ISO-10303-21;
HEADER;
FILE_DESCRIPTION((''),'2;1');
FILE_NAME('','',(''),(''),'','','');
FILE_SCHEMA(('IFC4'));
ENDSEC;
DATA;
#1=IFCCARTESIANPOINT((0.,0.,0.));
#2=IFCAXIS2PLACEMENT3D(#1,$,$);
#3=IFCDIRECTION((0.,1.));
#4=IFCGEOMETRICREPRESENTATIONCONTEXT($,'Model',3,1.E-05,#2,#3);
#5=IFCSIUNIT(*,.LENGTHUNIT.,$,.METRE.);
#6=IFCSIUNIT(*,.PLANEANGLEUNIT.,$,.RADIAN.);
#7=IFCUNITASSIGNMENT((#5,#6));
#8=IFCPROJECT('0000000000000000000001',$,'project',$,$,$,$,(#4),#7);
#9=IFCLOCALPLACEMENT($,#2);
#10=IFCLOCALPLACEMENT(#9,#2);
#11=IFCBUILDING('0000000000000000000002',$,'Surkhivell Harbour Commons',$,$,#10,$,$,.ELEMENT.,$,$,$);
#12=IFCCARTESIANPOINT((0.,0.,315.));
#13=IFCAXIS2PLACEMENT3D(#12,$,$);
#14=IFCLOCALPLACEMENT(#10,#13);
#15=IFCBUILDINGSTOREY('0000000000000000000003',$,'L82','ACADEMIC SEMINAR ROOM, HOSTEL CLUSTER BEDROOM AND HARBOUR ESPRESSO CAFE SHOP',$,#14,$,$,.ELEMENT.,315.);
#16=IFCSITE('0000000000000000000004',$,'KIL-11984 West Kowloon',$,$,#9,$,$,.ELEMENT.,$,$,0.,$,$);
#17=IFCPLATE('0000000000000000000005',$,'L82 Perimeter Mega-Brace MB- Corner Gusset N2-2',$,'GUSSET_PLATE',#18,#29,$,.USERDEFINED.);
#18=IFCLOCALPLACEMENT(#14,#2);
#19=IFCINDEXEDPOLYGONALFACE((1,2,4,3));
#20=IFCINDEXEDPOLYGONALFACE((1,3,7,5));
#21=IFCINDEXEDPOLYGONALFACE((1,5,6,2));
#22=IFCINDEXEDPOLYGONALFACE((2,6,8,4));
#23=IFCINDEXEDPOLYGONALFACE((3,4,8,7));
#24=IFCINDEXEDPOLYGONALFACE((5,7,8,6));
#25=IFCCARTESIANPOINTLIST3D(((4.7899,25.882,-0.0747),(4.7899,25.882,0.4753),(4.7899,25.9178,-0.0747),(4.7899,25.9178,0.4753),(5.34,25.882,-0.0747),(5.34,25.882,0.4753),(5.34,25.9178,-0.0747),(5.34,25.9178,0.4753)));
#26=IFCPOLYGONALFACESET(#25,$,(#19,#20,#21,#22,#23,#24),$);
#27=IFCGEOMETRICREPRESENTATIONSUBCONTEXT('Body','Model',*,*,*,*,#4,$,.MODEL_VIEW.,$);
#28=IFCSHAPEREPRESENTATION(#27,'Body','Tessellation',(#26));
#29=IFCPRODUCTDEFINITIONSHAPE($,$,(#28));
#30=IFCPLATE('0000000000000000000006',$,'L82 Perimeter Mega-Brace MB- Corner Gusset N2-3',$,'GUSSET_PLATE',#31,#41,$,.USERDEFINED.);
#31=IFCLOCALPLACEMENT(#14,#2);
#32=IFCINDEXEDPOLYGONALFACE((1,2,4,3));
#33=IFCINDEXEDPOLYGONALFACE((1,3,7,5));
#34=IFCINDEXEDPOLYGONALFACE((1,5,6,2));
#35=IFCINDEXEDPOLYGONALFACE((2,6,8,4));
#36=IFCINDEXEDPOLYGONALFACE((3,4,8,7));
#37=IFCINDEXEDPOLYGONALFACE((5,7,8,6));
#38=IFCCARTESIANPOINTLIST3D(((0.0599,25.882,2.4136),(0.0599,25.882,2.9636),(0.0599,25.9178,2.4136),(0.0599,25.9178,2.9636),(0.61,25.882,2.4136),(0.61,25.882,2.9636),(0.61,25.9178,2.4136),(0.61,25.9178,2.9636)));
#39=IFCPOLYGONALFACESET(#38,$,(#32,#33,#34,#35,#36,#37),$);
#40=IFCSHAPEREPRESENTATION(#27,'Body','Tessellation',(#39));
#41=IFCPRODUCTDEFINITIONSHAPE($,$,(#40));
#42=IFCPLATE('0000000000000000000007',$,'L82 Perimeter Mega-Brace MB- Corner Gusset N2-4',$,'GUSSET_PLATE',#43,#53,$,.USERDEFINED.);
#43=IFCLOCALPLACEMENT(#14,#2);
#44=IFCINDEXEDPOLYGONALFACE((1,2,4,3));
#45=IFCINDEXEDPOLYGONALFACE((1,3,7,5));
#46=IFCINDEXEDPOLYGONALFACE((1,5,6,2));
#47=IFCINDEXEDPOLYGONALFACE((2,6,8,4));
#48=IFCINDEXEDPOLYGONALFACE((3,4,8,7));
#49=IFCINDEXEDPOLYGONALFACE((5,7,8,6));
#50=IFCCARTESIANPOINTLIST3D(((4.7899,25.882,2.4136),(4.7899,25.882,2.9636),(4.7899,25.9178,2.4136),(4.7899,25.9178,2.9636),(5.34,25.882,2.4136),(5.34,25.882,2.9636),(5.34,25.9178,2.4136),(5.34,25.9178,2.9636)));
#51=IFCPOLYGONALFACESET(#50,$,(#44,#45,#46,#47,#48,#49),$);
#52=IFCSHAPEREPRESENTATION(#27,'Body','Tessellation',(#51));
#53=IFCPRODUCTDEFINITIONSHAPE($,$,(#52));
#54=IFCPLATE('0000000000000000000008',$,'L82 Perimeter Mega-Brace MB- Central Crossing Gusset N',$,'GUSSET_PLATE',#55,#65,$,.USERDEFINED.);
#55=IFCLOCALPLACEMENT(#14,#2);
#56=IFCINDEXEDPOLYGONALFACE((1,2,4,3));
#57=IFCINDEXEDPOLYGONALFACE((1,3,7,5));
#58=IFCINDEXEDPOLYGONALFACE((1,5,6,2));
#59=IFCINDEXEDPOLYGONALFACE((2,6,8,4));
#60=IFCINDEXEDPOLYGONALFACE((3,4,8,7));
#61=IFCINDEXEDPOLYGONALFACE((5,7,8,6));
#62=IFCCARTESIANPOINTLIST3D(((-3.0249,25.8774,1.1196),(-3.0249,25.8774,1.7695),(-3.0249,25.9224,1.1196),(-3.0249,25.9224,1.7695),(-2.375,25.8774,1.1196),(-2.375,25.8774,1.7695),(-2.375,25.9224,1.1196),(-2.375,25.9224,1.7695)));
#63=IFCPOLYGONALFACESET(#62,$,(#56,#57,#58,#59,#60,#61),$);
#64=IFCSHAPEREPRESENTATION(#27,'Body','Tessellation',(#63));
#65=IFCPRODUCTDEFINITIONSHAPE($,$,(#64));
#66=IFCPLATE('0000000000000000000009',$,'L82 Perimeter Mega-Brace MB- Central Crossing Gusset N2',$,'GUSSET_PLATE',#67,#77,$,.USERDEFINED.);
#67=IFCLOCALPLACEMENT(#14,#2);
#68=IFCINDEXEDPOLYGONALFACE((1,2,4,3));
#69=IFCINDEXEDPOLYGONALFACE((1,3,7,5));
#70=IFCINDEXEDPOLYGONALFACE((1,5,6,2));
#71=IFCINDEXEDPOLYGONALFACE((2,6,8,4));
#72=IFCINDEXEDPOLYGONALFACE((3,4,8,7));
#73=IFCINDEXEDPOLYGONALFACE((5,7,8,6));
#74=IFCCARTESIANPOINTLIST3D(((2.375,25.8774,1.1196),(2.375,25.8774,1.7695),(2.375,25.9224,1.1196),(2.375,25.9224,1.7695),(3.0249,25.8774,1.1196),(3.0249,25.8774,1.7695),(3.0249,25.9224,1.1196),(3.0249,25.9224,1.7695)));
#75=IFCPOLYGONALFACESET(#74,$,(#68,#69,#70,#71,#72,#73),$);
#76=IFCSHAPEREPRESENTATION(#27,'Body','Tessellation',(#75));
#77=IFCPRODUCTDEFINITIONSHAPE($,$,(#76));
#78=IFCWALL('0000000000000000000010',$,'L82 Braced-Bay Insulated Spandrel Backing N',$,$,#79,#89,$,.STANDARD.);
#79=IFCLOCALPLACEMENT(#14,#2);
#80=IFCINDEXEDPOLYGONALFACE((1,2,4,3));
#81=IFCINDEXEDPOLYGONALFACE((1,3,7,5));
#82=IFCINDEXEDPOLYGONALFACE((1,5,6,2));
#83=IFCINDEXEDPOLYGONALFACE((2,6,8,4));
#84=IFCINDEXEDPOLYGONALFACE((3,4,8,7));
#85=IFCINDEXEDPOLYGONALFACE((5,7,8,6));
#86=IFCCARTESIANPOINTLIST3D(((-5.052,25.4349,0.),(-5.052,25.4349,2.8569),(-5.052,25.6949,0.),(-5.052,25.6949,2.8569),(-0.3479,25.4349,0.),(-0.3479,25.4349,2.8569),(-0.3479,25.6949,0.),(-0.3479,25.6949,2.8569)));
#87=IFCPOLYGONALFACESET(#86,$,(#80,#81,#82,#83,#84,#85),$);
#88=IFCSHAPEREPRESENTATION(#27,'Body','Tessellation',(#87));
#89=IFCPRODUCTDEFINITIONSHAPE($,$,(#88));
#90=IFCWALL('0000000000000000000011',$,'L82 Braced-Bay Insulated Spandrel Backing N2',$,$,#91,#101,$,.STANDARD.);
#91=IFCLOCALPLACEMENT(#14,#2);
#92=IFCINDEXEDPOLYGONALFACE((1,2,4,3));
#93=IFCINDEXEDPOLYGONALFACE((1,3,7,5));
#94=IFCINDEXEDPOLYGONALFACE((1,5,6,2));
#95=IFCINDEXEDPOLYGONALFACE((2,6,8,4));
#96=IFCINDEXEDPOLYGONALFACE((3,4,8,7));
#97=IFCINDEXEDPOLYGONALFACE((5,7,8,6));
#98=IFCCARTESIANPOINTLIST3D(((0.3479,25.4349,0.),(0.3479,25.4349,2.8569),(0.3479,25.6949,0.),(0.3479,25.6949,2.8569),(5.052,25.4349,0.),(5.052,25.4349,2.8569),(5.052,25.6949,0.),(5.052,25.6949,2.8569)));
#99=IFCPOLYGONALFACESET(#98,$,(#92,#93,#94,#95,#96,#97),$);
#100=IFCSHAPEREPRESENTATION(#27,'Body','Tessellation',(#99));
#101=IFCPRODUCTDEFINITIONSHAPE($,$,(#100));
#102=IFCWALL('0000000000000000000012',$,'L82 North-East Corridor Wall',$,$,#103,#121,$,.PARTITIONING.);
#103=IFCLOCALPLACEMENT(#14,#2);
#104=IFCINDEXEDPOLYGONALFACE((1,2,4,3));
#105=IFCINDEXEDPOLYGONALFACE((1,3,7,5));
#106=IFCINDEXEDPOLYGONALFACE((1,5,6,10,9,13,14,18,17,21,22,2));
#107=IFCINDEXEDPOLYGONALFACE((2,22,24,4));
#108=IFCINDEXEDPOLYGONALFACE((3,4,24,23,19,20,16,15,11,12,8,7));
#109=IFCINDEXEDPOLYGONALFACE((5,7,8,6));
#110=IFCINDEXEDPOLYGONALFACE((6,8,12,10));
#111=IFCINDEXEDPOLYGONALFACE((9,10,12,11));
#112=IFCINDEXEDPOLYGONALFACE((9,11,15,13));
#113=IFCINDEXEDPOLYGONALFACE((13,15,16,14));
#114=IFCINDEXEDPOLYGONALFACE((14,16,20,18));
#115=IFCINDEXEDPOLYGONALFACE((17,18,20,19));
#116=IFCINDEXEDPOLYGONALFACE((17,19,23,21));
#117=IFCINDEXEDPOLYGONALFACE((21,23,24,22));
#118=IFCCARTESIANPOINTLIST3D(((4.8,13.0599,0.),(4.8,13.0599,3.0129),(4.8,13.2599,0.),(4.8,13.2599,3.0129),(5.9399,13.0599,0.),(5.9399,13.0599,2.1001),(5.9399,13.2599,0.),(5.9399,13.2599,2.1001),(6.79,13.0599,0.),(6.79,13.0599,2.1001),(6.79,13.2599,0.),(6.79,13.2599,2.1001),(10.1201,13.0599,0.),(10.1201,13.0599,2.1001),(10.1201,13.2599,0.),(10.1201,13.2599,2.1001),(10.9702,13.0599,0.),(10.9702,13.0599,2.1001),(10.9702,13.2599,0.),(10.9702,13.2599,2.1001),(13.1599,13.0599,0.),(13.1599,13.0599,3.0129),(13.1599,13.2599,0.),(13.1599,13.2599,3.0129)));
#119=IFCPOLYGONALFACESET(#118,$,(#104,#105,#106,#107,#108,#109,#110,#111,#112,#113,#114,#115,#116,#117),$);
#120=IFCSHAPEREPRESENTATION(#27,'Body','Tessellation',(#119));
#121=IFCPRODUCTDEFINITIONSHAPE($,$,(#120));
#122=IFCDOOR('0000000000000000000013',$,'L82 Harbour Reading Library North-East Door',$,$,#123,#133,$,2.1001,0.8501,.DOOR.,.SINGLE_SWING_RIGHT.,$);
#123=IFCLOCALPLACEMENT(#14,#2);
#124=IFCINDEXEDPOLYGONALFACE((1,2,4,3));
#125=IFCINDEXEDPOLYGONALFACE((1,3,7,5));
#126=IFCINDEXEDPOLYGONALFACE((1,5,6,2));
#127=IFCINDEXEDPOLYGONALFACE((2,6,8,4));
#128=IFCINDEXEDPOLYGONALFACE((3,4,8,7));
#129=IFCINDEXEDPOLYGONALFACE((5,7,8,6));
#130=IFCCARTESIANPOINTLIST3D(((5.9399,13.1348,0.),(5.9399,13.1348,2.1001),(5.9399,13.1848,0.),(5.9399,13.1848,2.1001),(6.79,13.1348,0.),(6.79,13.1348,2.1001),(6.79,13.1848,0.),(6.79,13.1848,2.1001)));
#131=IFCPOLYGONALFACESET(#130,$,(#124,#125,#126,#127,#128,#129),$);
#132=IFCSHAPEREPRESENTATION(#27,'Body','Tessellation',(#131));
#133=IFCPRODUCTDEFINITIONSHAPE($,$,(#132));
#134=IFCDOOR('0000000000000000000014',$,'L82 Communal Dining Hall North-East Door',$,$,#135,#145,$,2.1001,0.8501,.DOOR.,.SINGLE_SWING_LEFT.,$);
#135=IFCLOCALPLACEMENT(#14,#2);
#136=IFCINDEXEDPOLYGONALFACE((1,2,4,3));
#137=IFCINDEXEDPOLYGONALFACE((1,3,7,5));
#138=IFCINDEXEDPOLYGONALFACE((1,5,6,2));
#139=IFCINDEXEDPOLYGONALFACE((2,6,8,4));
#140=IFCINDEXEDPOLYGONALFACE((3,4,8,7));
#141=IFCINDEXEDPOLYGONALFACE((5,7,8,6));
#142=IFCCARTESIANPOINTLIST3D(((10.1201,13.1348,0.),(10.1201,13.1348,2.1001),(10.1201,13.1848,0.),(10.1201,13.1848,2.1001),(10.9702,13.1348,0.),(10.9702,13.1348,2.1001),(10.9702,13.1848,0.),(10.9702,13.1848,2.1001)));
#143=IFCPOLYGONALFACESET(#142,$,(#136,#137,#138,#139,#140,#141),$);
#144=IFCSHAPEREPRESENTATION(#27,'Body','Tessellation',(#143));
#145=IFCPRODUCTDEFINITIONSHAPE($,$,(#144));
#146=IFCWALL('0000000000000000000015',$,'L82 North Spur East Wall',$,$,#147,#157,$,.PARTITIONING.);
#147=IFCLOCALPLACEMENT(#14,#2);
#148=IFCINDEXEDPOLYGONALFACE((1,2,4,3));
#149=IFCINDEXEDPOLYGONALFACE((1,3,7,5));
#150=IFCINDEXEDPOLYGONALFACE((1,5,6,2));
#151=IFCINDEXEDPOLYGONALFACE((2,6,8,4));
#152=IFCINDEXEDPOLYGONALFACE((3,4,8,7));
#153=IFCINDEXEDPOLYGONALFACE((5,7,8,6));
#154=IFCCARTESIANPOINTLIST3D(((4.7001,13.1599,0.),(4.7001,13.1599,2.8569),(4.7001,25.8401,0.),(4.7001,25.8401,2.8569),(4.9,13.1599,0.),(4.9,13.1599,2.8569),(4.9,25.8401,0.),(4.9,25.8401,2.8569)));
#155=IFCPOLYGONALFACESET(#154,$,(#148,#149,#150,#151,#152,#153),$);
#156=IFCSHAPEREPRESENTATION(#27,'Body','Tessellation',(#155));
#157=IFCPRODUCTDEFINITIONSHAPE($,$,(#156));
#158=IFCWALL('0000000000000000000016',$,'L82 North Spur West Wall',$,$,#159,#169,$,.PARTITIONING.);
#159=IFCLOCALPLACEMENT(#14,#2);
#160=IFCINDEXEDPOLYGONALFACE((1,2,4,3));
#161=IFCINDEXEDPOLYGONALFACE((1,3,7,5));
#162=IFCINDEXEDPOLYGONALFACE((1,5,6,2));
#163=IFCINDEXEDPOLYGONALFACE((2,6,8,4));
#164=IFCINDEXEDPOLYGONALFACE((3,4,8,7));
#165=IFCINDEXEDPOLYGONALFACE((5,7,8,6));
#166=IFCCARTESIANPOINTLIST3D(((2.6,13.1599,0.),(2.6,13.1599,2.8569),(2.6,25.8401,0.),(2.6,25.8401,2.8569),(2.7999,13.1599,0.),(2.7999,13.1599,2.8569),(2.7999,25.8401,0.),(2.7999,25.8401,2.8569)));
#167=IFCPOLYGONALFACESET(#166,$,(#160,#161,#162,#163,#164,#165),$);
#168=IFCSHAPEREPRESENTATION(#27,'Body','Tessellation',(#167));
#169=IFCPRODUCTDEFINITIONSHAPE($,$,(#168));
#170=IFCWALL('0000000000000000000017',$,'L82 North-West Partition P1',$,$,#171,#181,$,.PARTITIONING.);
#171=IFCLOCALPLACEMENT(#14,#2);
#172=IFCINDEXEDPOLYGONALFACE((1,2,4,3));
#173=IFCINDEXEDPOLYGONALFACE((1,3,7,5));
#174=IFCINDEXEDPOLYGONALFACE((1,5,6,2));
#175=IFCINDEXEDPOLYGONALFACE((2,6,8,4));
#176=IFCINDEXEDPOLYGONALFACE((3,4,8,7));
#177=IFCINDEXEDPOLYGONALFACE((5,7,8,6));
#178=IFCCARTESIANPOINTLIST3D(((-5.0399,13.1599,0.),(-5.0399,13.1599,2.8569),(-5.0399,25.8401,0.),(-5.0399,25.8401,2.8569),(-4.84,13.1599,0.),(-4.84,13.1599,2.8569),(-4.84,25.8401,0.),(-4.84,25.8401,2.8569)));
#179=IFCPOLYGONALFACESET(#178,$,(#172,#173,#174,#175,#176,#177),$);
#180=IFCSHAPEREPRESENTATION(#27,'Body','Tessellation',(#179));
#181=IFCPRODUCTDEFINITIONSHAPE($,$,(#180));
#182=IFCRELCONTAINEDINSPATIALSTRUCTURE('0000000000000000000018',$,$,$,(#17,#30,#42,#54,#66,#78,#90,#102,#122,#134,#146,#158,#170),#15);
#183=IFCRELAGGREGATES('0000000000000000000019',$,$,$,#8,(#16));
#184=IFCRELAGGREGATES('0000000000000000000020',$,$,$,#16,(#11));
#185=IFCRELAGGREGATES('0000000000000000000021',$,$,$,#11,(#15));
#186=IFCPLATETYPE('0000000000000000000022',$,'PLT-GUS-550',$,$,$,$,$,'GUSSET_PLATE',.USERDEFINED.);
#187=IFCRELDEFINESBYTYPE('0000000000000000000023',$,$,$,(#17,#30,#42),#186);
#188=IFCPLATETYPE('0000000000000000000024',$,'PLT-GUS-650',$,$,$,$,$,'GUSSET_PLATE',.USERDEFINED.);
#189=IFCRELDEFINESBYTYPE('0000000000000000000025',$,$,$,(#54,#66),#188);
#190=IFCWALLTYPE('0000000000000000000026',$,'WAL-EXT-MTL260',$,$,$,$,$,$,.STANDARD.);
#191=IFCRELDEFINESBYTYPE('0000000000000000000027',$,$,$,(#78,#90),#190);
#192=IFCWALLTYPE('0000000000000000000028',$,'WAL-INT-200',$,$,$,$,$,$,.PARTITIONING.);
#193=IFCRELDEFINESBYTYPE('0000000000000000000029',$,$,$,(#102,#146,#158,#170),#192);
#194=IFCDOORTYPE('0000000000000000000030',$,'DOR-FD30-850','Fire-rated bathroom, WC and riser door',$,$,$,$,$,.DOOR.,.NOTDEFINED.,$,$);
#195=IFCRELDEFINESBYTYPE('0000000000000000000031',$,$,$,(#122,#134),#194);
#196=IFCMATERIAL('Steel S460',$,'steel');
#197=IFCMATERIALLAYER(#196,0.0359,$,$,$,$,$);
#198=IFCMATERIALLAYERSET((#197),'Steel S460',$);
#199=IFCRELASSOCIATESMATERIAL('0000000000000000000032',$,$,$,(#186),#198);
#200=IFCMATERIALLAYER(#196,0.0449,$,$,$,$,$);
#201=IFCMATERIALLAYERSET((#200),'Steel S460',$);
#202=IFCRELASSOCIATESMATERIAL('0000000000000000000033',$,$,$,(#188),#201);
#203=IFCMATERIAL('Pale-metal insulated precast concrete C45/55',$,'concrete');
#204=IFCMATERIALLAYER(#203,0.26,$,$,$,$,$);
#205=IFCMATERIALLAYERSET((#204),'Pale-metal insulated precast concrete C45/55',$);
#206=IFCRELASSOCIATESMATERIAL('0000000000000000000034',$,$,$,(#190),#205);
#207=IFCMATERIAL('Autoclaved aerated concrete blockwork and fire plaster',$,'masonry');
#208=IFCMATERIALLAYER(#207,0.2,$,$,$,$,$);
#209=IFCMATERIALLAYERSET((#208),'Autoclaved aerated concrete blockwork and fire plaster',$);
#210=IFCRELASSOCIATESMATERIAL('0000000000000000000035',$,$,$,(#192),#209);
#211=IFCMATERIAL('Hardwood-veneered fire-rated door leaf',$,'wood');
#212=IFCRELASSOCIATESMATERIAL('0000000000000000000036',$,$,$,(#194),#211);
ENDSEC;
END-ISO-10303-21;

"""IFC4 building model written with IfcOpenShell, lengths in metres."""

from ifc_helpers import new_model, si_unit, direction, frame, frame_2d, origin, origin_2d, place, context, subcontext, project, spatial, rectangle, extrude, material, layer, layer_set, type_object, element, fill, save


model = new_model("IFC4")

# Units and contexts
model_context = context("Model", 3, precision=1e-05, world=origin(), true_north=direction((0.0, 1.0)))
body_context = subcontext(model_context, "Body", "Model", "MODEL_VIEW")
ifc_project = project(units=[si_unit("LENGTHUNIT", "METRE"), si_unit("PLANEANGLEUNIT", "RADIAN")], contexts=[model_context])

# Site, building, storey
site_placement = place(None, origin())
site = spatial("IfcSite", under=ifc_project, at=site_placement, Name="KIL-11984 West Kowloon", CompositionType="ELEMENT", RefElevation=0.0)
building_placement = place(site_placement, origin())
building = spatial("IfcBuilding", under=site, at=building_placement, Name="Surkhivell Harbour Commons", CompositionType="ELEMENT")
storey_placement = place(building_placement, frame((0.0, 0.0, 315.0)))
storey = spatial("IfcBuildingStorey", under=building, at=storey_placement, Name="L82", Description="ACADEMIC SEMINAR ROOM, HOSTEL CLUSTER BEDROOM AND HARBOUR ESPRESSO CAFE SHOP", CompositionType="ELEMENT", Elevation=315.0)

# Plates
ifc_material_1 = material(Name="Steel S460", Category="steel")
ifc_layer_1 = layer(ifc_material_1, 0.0359)
ifc_layer_set_1 = layer_set([ifc_layer_1], Name="Steel S460")
plate_type_1 = type_object("IfcPlateType", Name="PLT-GUS-550", ElementType="GUSSET_PLATE", PredefinedType="USERDEFINED", material=ifc_layer_set_1)
for number, where, z_axis, x_axis, name in (
    (1, (5.0649, 25.8999, -0.0747), (0.0, 0.0, 1.0), (1.0, 0.0, 0.0), "L82 Perimeter Mega-Brace MB- Corner Gusset N2-2"),
    (2, (0.335, 25.8999, 2.4136), (0.0, 0.0, 1.0), (1.0, 0.0, 0.0), "L82 Perimeter Mega-Brace MB- Corner Gusset N2-3"),
    (3, (5.0649, 25.8999, 2.4136), (0.0, 0.0, 1.0), (1.0, 0.0, 0.0), "L82 Perimeter Mega-Brace MB- Corner Gusset N2-4"),
):
    element("IfcPlate", number, at=place(storey_placement, frame(where, z_axis=z_axis, x_axis=x_axis)), inside=storey, type_object=plate_type_1, Name=name, ObjectType="GUSSET_PLATE", PredefinedType="USERDEFINED", context=body_context, shape_type="SweptSolid", body=[
        extrude(rectangle(XDim=0.55, YDim=0.0359, at=origin_2d()), origin(), (0.0, 0.0, 1.0), 0.55),
    ])
ifc_layer_2 = layer(ifc_material_1, 0.0449)
ifc_layer_set_2 = layer_set([ifc_layer_2], Name="Steel S460")
plate_type_2 = type_object("IfcPlateType", Name="PLT-GUS-650", ElementType="GUSSET_PLATE", PredefinedType="USERDEFINED", material=ifc_layer_set_2)
for number, where, z_axis, x_axis, name in (
    (4, (-2.7, 25.8999, 1.1196), (0.0, 0.0, 1.0), (1.0, 0.0, 0.0), "L82 Perimeter Mega-Brace MB- Central Crossing Gusset N"),
    (5, (2.7, 25.8999, 1.1196), (0.0, 0.0, 1.0), (1.0, 0.0, 0.0), "L82 Perimeter Mega-Brace MB- Central Crossing Gusset N2"),
):
    element("IfcPlate", number, at=place(storey_placement, frame(where, z_axis=z_axis, x_axis=x_axis)), inside=storey, type_object=plate_type_2, Name=name, ObjectType="GUSSET_PLATE", PredefinedType="USERDEFINED", context=body_context, shape_type="SweptSolid", body=[
        extrude(rectangle(XDim=0.6499, YDim=0.0449, at=origin_2d()), origin(), (0.0, 0.0, 1.0), 0.6499),
    ])

# Walls
ifc_material_2 = material(Name="Pale-metal insulated precast concrete C45/55", Category="concrete")
ifc_layer_3 = layer(ifc_material_2, 0.26)
ifc_layer_set_3 = layer_set([ifc_layer_3], Name="Pale-metal insulated precast concrete C45/55")
wall_type_1 = type_object("IfcWallType", Name="WAL-EXT-MTL260", PredefinedType="STANDARD", material=ifc_layer_set_3)
for number, where, z_axis, x_axis, name in (
    (6, (-0.3479, 25.5649, 0.0), (0.0, 0.0, 1.0), (-1.0, 0.0, 0.0), "L82 Braced-Bay Insulated Spandrel Backing N"),
    (7, (5.052, 25.5649, 0.0), (0.0, 0.0, 1.0), (-1.0, 0.0, 0.0), "L82 Braced-Bay Insulated Spandrel Backing N2"),
):
    element("IfcWall", number, at=place(storey_placement, frame(where, z_axis=z_axis, x_axis=x_axis)), inside=storey, type_object=wall_type_1, Name=name, PredefinedType="STANDARD", context=body_context, shape_type="SweptSolid", body=[
        extrude(rectangle(XDim=4.7041, YDim=0.26, at=frame_2d((2.3521, 0.0))), origin(), (0.0, 0.0, 1.0), 2.8569),
    ])

# Wall, openings, doors
ifc_material_3 = material(Name="Autoclaved aerated concrete blockwork and fire plaster", Category="masonry")
ifc_layer_4 = layer(ifc_material_3, 0.2)
ifc_layer_set_4 = layer_set([ifc_layer_4], Name="Autoclaved aerated concrete blockwork and fire plaster")
wall_type_2 = type_object("IfcWallType", Name="WAL-INT-200", PredefinedType="PARTITIONING", material=ifc_layer_set_4)
wall_placement = place(storey_placement, frame((4.8, 13.1599, 0.0), z_axis=(0.0, 0.0, 1.0), x_axis=(1.0, 0.0, 0.0)))
wall = element("IfcWall", 8, at=wall_placement, inside=storey, type_object=wall_type_2, Name="L82 North-East Corridor Wall", PredefinedType="PARTITIONING", context=body_context, shape_type="SweptSolid", body=[
    extrude(rectangle(XDim=8.3599, YDim=0.2, at=frame_2d((4.1799, 0.0))), origin(), (0.0, 0.0, 1.0), 3.0129),
])
opening_1_placement = place(wall_placement, frame((1.1399, 0.0, 0.0)))
opening_1 = element("IfcOpeningElement", 9, at=opening_1_placement, cuts=wall, PredefinedType="OPENING", context=body_context, shape_type="SweptSolid", body=[
    extrude(rectangle(XDim=0.8501, YDim=2.1001, at=frame_2d((0.425, 1.05))), frame((0.0, 0.1099, 0.0), z_axis=(0.0, -1.0, 0.0), x_axis=(1.0, 0.0, 0.0)), (0.0, 0.0, 1.0), 0.22),
])
opening_2_placement = place(wall_placement, frame((5.3201, 0.0, 0.0)))
opening_2 = element("IfcOpeningElement", 10, at=opening_2_placement, cuts=wall, PredefinedType="OPENING", context=body_context, shape_type="SweptSolid", body=[
    extrude(rectangle(XDim=0.8501, YDim=2.1001, at=frame_2d((0.425, 1.05))), frame((0.0, 0.1099, 0.0), z_axis=(0.0, -1.0, 0.0), x_axis=(1.0, 0.0, 0.0)), (0.0, 0.0, 1.0), 0.22),
])
ifc_material_4 = material(Name="Hardwood-veneered fire-rated door leaf", Category="wood")
door_type = type_object("IfcDoorType", Name="DOR-FD30-850", Description="Fire-rated bathroom, WC and riser door", OperationType="NOTDEFINED", PredefinedType="DOOR", material=ifc_material_4)
door_1_placement = place(opening_1_placement, origin())
door_1 = element("IfcDoor", 11, at=door_1_placement, inside=storey, type_object=door_type, Name="L82 Harbour Reading Library North-East Door", OperationType="SINGLE_SWING_RIGHT", OverallHeight=2.1001, OverallWidth=0.8501, PredefinedType="DOOR", context=body_context, shape_type="SweptSolid", body=[
    extrude(rectangle(XDim=0.8501, YDim=2.1001, at=frame_2d((0.425, 1.05))), frame((0.0, 0.0249, 0.0), z_axis=(0.0, -1.0, 0.0), x_axis=(1.0, 0.0, 0.0)), (0.0, 0.0, 1.0), 0.05),
])
fill(opening_1, door_1)
door_2_placement = place(opening_2_placement, origin())
door_2 = element("IfcDoor", 12, at=door_2_placement, inside=storey, type_object=door_type, Name="L82 Communal Dining Hall North-East Door", OperationType="SINGLE_SWING_LEFT", OverallHeight=2.1001, OverallWidth=0.8501, PredefinedType="DOOR", context=body_context, shape_type="SweptSolid", body=[
    extrude(rectangle(XDim=0.8501, YDim=2.1001, at=frame_2d((0.425, 1.05))), frame((0.0, 0.0249, 0.0), z_axis=(0.0, -1.0, 0.0), x_axis=(1.0, 0.0, 0.0)), (0.0, 0.0, 1.0), 0.05),
])
fill(opening_2, door_2)

# Walls
for number, where, z_axis, x_axis, name in (
    (13, (4.8, 13.1599, 0.0), (0.0, 0.0, 1.0), (0.0, 1.0, 0.0), "L82 North Spur East Wall"),
    (14, (2.7, 13.1599, 0.0), (0.0, 0.0, 1.0), (0.0, 1.0, 0.0), "L82 North Spur West Wall"),
    (15, (-4.9399, 13.1599, 0.0), (0.0, 0.0, 1.0), (0.0, 1.0, 0.0), "L82 North-West Partition P1"),
):
    element("IfcWall", number, at=place(storey_placement, frame(where, z_axis=z_axis, x_axis=x_axis)), inside=storey, type_object=wall_type_2, Name=name, PredefinedType="PARTITIONING", context=body_context, shape_type="SweptSolid", body=[
        extrude(rectangle(XDim=12.6802, YDim=0.2, at=frame_2d((6.3401, 0.0))), origin(), (0.0, 0.0, 1.0), 2.8569),
    ])

save(model, "model.ifc")
